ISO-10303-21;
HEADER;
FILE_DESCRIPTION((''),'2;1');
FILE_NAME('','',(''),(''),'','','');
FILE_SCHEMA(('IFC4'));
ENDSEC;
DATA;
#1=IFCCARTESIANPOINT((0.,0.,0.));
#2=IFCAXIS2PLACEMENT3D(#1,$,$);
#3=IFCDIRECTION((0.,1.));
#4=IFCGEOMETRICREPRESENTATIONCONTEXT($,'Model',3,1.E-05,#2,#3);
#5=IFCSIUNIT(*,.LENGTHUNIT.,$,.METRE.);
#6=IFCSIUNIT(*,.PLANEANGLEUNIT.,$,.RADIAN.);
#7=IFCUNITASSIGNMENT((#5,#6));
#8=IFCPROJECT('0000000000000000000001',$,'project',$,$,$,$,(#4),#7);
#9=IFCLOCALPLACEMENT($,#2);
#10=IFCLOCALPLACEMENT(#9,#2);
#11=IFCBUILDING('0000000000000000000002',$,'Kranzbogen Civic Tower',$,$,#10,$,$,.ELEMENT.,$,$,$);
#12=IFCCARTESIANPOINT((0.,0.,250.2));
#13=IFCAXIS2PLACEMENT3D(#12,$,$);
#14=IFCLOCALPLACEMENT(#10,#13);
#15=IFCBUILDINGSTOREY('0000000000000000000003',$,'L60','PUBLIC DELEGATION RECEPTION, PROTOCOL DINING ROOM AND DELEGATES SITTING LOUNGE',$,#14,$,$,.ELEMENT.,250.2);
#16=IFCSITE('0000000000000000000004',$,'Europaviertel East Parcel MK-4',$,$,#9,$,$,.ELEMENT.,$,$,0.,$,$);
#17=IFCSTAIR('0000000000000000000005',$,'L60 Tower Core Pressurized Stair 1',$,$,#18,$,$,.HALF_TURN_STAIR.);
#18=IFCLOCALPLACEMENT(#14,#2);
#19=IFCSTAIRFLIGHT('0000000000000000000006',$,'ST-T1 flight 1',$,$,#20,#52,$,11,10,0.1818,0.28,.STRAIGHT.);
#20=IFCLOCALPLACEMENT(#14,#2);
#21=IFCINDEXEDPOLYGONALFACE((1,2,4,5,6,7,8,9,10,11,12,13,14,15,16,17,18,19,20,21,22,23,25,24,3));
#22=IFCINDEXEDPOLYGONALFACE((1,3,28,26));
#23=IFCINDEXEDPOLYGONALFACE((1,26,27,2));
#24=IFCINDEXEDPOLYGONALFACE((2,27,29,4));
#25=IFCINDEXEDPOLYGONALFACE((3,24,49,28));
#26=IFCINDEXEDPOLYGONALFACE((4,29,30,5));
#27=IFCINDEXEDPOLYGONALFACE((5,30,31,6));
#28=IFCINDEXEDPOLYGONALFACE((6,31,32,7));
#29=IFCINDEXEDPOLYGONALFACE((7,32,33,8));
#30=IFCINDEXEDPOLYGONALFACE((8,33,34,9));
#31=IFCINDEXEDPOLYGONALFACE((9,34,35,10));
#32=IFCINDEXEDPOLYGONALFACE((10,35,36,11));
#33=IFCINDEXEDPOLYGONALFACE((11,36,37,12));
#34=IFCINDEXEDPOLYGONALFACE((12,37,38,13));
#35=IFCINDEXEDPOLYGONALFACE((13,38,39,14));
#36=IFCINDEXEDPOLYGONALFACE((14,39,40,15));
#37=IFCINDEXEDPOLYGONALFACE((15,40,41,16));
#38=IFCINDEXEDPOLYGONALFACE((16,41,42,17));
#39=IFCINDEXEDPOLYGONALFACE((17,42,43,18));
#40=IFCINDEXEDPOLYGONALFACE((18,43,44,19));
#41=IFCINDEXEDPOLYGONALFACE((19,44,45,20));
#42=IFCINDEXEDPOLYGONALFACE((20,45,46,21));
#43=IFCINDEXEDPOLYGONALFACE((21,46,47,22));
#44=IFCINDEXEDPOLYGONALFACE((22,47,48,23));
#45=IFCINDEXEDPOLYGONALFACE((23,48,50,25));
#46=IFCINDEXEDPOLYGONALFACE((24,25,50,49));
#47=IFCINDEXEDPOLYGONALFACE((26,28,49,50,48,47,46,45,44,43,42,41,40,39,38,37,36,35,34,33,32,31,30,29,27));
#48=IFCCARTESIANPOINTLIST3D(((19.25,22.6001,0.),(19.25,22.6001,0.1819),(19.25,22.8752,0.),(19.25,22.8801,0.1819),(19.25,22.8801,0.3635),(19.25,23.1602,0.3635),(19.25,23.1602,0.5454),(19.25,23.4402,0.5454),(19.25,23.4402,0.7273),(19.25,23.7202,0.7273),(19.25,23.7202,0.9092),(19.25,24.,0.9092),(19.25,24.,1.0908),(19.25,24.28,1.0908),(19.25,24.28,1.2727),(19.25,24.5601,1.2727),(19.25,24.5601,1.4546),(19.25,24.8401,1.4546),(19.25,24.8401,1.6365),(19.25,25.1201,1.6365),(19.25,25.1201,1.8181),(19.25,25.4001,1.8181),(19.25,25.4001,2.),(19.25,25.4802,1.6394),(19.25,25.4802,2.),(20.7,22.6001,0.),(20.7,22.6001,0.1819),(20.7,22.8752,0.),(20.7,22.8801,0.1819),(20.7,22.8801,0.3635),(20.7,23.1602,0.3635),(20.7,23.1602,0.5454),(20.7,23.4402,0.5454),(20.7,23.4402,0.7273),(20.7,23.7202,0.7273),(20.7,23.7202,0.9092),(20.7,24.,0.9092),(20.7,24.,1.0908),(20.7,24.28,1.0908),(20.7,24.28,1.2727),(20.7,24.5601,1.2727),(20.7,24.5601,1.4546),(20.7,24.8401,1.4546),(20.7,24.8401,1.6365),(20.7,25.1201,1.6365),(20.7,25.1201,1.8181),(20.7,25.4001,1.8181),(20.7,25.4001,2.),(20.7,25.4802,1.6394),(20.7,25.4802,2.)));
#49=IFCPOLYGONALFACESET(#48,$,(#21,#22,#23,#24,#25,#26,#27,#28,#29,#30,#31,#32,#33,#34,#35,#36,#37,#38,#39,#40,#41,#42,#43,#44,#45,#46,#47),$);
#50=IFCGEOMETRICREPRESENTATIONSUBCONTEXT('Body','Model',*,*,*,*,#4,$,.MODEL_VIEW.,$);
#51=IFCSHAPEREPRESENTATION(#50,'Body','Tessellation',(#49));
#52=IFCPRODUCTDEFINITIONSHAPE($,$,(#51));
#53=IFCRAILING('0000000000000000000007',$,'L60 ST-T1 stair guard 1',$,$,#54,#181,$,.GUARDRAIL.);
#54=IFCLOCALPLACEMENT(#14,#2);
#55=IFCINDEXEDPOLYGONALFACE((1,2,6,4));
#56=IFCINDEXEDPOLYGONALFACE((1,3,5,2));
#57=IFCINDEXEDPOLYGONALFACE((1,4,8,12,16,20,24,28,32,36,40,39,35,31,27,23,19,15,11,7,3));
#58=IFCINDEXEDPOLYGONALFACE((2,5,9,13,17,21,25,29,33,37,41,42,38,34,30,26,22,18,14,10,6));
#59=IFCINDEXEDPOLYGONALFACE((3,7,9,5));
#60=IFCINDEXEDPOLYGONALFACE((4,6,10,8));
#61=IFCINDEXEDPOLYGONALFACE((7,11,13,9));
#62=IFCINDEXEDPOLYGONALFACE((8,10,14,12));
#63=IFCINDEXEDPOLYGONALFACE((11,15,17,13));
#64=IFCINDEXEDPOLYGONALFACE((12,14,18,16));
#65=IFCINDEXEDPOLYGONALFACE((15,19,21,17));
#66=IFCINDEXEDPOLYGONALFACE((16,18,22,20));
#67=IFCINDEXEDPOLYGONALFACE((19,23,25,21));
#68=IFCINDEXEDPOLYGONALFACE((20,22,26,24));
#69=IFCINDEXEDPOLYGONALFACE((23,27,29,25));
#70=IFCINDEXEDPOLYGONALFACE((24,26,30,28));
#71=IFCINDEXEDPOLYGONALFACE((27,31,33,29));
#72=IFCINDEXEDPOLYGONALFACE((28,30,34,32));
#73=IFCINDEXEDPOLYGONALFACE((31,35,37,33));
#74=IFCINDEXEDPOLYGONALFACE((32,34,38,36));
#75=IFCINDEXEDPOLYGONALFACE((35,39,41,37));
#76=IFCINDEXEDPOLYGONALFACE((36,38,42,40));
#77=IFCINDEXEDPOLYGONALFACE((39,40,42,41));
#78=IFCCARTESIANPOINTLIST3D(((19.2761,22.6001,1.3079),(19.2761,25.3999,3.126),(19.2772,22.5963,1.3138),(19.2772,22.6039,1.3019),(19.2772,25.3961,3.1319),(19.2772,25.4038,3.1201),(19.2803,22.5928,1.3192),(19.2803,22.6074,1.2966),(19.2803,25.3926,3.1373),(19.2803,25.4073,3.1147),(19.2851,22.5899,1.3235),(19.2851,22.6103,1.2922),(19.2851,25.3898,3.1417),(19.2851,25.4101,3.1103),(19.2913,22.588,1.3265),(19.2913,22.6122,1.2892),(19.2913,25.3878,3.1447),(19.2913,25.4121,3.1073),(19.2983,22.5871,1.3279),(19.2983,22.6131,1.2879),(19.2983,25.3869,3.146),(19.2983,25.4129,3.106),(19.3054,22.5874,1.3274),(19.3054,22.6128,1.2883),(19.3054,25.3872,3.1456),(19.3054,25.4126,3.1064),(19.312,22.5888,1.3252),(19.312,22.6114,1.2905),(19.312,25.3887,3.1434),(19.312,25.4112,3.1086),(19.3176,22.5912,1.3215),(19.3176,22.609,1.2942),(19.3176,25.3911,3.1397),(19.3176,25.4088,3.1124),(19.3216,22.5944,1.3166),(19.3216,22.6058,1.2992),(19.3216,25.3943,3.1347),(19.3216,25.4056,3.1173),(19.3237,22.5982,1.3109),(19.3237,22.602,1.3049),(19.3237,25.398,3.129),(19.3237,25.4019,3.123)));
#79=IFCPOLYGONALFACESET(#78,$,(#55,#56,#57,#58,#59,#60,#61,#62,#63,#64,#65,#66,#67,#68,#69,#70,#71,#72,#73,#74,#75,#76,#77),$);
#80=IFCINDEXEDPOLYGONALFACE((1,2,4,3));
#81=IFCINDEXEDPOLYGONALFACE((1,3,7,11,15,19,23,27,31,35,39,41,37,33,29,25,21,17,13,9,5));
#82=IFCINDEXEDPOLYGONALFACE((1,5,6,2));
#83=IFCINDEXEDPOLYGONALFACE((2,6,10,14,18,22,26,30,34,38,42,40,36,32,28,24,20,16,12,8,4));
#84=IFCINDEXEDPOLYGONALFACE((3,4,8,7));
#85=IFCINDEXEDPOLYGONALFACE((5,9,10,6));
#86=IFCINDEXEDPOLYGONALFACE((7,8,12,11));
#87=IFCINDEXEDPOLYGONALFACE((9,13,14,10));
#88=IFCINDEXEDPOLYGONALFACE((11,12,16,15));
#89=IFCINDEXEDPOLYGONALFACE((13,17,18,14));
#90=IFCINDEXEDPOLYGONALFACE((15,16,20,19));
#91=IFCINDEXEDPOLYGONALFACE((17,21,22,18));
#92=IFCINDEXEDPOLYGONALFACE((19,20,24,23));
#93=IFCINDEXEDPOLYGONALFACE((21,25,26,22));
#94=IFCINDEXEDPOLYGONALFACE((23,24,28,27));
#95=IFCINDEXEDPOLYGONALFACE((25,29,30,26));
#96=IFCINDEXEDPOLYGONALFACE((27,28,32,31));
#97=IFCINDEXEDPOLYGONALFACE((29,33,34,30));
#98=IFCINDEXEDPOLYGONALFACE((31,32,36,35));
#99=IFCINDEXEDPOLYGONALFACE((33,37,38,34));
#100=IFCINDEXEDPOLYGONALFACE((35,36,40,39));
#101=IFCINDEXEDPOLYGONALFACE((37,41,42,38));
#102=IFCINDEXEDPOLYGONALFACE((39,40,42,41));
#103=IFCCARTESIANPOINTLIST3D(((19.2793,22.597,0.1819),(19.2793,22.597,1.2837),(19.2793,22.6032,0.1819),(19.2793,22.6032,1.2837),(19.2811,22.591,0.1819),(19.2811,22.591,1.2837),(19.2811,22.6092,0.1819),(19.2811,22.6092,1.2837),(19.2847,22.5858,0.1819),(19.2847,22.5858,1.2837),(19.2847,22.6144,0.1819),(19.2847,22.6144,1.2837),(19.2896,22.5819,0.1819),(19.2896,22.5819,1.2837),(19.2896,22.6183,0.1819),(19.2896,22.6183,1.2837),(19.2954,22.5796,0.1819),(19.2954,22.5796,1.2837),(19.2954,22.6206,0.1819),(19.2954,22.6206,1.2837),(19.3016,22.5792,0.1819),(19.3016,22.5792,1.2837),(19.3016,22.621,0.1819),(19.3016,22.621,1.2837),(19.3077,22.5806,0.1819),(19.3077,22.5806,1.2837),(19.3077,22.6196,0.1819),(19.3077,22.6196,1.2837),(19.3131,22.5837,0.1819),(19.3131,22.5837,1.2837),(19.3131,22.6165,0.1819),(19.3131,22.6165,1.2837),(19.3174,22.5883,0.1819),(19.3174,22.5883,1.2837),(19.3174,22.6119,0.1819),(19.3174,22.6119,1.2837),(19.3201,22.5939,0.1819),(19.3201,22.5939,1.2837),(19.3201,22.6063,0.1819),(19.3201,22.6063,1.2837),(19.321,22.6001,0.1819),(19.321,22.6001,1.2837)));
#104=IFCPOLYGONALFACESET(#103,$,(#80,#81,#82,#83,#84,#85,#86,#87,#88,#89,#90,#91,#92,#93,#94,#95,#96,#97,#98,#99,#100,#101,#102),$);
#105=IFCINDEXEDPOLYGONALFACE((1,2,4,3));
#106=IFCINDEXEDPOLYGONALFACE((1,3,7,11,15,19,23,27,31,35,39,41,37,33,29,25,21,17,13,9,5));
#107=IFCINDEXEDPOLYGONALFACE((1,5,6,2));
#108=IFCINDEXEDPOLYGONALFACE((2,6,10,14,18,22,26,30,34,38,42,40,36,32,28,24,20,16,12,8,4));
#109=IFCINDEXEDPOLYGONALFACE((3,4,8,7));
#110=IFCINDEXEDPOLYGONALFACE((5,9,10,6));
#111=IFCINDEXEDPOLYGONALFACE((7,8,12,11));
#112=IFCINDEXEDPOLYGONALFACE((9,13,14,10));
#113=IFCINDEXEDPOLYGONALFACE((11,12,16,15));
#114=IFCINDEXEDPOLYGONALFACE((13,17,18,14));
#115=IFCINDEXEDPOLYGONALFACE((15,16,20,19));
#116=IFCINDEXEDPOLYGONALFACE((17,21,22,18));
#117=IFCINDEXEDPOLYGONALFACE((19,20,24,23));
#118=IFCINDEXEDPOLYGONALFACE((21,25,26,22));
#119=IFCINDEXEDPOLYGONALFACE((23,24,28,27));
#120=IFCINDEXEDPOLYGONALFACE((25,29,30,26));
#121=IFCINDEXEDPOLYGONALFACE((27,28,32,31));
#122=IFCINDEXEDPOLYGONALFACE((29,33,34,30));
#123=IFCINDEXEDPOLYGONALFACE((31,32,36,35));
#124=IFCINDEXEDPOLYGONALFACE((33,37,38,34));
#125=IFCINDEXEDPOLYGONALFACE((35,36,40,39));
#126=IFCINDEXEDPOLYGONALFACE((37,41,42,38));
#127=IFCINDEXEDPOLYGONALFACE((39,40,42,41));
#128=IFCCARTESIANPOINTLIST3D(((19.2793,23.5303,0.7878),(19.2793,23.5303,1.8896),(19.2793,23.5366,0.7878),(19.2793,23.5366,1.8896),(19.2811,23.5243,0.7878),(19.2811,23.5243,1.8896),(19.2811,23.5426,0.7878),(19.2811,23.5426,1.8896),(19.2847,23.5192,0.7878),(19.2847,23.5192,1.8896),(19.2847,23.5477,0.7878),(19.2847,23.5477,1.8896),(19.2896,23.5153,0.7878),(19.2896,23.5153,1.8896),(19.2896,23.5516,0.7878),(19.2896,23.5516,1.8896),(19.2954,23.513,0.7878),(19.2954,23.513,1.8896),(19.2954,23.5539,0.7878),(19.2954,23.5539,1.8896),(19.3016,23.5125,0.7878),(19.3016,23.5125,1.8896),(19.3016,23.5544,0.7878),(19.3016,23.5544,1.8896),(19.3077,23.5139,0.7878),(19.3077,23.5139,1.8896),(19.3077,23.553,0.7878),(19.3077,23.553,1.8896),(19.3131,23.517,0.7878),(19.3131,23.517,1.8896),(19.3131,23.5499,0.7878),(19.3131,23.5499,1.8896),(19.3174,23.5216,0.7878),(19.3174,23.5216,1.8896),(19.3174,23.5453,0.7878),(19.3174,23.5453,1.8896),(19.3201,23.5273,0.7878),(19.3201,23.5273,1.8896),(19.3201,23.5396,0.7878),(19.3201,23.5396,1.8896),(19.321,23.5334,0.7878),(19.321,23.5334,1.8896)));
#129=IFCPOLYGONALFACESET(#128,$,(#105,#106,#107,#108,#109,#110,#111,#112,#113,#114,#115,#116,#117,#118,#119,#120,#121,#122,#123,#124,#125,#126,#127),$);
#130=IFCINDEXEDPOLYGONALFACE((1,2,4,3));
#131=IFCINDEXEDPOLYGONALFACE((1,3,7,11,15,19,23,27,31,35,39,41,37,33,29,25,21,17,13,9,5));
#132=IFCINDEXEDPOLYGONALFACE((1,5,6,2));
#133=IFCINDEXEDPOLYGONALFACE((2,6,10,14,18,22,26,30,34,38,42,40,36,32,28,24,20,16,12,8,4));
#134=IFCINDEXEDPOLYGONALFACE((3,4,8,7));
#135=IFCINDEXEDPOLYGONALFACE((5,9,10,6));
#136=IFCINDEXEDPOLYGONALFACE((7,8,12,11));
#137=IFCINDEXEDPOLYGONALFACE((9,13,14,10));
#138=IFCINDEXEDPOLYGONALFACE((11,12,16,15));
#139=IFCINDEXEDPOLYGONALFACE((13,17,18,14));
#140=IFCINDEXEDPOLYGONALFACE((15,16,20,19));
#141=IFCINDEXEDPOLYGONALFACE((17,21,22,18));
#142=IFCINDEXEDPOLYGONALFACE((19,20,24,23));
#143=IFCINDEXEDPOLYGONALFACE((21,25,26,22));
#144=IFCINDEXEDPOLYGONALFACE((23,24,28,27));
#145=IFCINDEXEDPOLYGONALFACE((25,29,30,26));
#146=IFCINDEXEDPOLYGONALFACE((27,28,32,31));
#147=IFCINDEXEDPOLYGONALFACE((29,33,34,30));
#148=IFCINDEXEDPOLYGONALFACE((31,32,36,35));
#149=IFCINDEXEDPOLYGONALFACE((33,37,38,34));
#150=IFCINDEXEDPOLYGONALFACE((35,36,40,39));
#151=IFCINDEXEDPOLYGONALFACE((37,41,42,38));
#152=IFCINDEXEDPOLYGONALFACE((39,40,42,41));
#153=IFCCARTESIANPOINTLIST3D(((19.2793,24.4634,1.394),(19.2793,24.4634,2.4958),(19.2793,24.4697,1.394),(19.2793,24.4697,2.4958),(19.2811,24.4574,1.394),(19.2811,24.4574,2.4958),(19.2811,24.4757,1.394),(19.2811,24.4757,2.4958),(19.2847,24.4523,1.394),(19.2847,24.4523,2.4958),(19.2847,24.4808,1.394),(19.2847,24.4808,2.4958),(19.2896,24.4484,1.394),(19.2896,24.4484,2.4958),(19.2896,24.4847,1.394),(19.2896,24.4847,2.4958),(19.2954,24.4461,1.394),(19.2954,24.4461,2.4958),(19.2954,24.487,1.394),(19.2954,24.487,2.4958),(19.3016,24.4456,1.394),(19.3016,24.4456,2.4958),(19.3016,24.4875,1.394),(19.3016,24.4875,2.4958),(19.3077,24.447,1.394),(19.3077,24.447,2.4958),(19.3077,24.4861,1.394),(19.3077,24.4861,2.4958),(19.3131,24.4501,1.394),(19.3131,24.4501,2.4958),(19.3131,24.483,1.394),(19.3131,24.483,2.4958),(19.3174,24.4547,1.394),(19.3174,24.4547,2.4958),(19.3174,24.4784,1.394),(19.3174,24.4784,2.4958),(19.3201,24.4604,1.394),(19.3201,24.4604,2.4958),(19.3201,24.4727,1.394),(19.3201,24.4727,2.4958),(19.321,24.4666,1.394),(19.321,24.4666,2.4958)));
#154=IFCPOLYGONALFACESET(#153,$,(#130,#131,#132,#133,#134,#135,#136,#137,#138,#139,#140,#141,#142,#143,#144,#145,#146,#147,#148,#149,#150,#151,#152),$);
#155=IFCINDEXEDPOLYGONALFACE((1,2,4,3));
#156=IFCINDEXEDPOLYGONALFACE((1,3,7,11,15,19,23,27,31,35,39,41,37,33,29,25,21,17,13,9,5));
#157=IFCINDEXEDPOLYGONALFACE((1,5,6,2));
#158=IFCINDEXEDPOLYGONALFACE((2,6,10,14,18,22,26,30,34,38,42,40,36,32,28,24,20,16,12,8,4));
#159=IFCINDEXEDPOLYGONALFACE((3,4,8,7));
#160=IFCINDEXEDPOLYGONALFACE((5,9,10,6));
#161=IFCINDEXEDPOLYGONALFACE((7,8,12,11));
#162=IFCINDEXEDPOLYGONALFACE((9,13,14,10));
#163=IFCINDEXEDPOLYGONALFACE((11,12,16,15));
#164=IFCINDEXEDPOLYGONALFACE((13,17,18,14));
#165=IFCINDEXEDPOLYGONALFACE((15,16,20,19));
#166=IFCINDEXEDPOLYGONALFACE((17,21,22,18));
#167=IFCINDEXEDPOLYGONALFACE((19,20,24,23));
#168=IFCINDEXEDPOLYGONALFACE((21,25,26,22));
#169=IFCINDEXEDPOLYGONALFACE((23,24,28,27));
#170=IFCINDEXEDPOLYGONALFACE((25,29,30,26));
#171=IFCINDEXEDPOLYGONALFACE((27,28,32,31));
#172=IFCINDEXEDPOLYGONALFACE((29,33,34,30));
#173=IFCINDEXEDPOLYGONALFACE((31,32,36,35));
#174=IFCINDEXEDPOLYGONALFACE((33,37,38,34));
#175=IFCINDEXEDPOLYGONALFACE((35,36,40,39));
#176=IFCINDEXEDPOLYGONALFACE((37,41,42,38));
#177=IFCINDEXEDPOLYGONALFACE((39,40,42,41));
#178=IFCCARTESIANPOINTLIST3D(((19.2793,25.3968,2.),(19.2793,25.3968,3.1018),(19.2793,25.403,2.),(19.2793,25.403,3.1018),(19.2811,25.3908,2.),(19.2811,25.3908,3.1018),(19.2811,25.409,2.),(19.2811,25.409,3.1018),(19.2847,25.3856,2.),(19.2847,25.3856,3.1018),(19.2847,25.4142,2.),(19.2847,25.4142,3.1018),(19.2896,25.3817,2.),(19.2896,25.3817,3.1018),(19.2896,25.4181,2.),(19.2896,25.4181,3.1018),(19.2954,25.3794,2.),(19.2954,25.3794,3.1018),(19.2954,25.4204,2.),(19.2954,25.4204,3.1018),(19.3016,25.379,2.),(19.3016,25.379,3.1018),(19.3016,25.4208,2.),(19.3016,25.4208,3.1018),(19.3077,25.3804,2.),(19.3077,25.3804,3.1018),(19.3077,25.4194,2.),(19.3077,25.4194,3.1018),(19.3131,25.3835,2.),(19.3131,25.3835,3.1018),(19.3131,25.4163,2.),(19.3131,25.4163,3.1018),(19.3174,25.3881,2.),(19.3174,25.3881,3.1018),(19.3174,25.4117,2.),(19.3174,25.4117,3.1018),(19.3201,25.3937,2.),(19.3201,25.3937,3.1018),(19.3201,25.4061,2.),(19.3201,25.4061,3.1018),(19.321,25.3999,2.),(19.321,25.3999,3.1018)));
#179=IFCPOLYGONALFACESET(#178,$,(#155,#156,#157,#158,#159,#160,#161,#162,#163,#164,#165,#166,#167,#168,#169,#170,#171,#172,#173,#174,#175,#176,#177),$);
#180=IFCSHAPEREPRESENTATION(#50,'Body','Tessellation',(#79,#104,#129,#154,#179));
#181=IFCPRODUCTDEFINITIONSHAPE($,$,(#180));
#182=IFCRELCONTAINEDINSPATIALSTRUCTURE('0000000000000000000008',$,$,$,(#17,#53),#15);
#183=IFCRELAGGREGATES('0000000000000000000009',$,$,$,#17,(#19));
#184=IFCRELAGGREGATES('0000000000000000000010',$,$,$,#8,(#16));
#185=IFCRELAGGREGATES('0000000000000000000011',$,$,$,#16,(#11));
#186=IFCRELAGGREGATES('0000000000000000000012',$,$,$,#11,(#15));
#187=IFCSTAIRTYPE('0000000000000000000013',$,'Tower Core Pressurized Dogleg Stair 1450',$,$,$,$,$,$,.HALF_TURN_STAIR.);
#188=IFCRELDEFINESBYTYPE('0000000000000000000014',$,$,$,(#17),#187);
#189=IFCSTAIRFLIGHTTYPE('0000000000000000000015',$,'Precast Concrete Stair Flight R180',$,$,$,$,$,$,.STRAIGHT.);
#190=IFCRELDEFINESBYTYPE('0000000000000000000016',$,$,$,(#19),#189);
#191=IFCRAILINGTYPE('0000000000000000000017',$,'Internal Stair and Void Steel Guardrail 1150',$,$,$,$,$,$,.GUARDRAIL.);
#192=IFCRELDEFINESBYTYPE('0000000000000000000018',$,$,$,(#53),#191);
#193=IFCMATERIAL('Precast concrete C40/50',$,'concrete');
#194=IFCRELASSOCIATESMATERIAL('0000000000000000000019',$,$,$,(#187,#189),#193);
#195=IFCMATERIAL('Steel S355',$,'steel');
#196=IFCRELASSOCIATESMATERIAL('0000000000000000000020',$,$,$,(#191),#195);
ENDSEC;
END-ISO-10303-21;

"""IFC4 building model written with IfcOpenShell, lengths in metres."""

from ifc_helpers import new_model, si_unit, direction, frame, origin, origin_2d, place, context, subcontext, project, spatial, polyline, circle, outline, extrude, material, type_object, element, aggregate, save


model = new_model("IFC4")

# Units and contexts
model_context = context("Model", 3, precision=1e-05, world=origin(), true_north=direction((0.0, 1.0)))
body_context = subcontext(model_context, "Body", "Model", "MODEL_VIEW")
ifc_project = project(units=[si_unit("LENGTHUNIT", "METRE"), si_unit("PLANEANGLEUNIT", "RADIAN")], contexts=[model_context])

# Site, building, storey
site_placement = place(None, origin())
site = spatial("IfcSite", under=ifc_project, at=site_placement, Name="Europaviertel East Parcel MK-4", CompositionType="ELEMENT", RefElevation=0.0)
building_placement = place(site_placement, origin())
building = spatial("IfcBuilding", under=site, at=building_placement, Name="Kranzbogen Civic Tower", CompositionType="ELEMENT")
storey_placement = place(building_placement, frame((0.0, 0.0, 250.2)))
storey = spatial("IfcBuildingStorey", under=building, at=storey_placement, Name="L60", Description="PUBLIC DELEGATION RECEPTION, PROTOCOL DINING ROOM AND DELEGATES SITTING LOUNGE", CompositionType="ELEMENT", Elevation=250.2)

# Shared definitions
ifc_material_1 = material(Name="Steel S355", Category="steel")

# Stair, stair flight
ifc_material_2 = material(Name="Precast concrete C40/50", Category="concrete")
stair_type = type_object("IfcStairType", Name="Tower Core Pressurized Dogleg Stair 1450", PredefinedType="HALF_TURN_STAIR", material=ifc_material_2)
stair_placement = place(storey_placement, origin())
stair = element("IfcStair", 1, at=stair_placement, inside=storey, type_object=stair_type, Name="L60 Tower Core Pressurized Stair 1", PredefinedType="HALF_TURN_STAIR")
stair_flight_type = type_object("IfcStairFlightType", Name="Precast Concrete Stair Flight R180", PredefinedType="STRAIGHT", material=ifc_material_2)
stair_flight_placement = place(storey_placement, frame((19.9751, 22.6001, 0.0), z_axis=(0.0, 0.0, 1.0), x_axis=(0.0, 1.0, 0.0)))
stair_flight = element("IfcStairFlight", 2, at=stair_flight_placement, type_object=stair_flight_type, Name="ST-T1 flight 1", NumberOfRisers=11, NumberOfTreads=10, PredefinedType="STRAIGHT", RiserHeight=0.1818, TreadLength=0.28, context=body_context, shape_type="SweptSolid", body=[
    extrude(outline(polyline([(0.0, 0.0), (0.0, 0.1819), (0.28, 0.1819), (0.28, 0.3635), (0.5601, 0.3635), (0.5601, 0.5454), (0.8401, 0.5454), (0.8401, 0.7273), (1.1201, 0.7273), (1.1201, 0.9092), (1.3999, 0.9092), (1.3999, 1.0908), (1.6799, 1.0908), (1.6799, 1.2727), (1.96, 1.2727), (1.96, 1.4546), (2.24, 1.4546), (2.24, 1.6365), (2.52, 1.6365), (2.52, 1.8181), (2.8, 1.8181), (2.8, 2.0), (2.8801, 2.0), (2.8801, 1.6394), (0.2751, 0.0), (0.0, 0.0)])), frame((0.0, 0.7251, 0.0), z_axis=(0.0, -1.0, 0.0), x_axis=(1.0, 0.0, 0.0)), (0.0, 0.0, 1.0), 1.45),
])
aggregate(stair, [stair_flight])

# Railing
railing_type_1 = type_object("IfcRailingType", Name="Internal Stair and Void Steel Guardrail 1150", PredefinedType="GUARDRAIL", material=ifc_material_1)
railing_1_placement = place(storey_placement, frame((19.3, 22.6001, 0.1819)))
element("IfcRailing", 3, at=railing_1_placement, inside=storey, type_object=railing_type_1, Name="L60 ST-T1 stair guard 1", PredefinedType="GUARDRAIL", context=body_context, shape_type="SweptSolid", body=[
    extrude(circle(Radius=0.0239, at=origin_2d()), frame((0.0, 0.0, 1.126), z_axis=(0.0, 0.838684, 0.544618), x_axis=(-1.0, 0.0, 0.0)), (0.0, 0.0, 1.0), 3.3384),
    extrude(circle(Radius=0.021, at=origin_2d()), origin(), (0.0, 0.0, 1.0), 1.1018),
    extrude(circle(Radius=0.021, at=origin_2d()), frame((0.0, 0.9333, 0.606)), (0.0, 0.0, 1.0), 1.1018),
    extrude(circle(Radius=0.021, at=origin_2d()), frame((0.0, 1.8665, 1.2122)), (0.0, 0.0, 1.0), 1.1018),
    extrude(circle(Radius=0.021, at=origin_2d()), frame((0.0, 2.7998, 1.8181)), (0.0, 0.0, 1.0), 1.1018),
])

save(model, "model.ifc")
